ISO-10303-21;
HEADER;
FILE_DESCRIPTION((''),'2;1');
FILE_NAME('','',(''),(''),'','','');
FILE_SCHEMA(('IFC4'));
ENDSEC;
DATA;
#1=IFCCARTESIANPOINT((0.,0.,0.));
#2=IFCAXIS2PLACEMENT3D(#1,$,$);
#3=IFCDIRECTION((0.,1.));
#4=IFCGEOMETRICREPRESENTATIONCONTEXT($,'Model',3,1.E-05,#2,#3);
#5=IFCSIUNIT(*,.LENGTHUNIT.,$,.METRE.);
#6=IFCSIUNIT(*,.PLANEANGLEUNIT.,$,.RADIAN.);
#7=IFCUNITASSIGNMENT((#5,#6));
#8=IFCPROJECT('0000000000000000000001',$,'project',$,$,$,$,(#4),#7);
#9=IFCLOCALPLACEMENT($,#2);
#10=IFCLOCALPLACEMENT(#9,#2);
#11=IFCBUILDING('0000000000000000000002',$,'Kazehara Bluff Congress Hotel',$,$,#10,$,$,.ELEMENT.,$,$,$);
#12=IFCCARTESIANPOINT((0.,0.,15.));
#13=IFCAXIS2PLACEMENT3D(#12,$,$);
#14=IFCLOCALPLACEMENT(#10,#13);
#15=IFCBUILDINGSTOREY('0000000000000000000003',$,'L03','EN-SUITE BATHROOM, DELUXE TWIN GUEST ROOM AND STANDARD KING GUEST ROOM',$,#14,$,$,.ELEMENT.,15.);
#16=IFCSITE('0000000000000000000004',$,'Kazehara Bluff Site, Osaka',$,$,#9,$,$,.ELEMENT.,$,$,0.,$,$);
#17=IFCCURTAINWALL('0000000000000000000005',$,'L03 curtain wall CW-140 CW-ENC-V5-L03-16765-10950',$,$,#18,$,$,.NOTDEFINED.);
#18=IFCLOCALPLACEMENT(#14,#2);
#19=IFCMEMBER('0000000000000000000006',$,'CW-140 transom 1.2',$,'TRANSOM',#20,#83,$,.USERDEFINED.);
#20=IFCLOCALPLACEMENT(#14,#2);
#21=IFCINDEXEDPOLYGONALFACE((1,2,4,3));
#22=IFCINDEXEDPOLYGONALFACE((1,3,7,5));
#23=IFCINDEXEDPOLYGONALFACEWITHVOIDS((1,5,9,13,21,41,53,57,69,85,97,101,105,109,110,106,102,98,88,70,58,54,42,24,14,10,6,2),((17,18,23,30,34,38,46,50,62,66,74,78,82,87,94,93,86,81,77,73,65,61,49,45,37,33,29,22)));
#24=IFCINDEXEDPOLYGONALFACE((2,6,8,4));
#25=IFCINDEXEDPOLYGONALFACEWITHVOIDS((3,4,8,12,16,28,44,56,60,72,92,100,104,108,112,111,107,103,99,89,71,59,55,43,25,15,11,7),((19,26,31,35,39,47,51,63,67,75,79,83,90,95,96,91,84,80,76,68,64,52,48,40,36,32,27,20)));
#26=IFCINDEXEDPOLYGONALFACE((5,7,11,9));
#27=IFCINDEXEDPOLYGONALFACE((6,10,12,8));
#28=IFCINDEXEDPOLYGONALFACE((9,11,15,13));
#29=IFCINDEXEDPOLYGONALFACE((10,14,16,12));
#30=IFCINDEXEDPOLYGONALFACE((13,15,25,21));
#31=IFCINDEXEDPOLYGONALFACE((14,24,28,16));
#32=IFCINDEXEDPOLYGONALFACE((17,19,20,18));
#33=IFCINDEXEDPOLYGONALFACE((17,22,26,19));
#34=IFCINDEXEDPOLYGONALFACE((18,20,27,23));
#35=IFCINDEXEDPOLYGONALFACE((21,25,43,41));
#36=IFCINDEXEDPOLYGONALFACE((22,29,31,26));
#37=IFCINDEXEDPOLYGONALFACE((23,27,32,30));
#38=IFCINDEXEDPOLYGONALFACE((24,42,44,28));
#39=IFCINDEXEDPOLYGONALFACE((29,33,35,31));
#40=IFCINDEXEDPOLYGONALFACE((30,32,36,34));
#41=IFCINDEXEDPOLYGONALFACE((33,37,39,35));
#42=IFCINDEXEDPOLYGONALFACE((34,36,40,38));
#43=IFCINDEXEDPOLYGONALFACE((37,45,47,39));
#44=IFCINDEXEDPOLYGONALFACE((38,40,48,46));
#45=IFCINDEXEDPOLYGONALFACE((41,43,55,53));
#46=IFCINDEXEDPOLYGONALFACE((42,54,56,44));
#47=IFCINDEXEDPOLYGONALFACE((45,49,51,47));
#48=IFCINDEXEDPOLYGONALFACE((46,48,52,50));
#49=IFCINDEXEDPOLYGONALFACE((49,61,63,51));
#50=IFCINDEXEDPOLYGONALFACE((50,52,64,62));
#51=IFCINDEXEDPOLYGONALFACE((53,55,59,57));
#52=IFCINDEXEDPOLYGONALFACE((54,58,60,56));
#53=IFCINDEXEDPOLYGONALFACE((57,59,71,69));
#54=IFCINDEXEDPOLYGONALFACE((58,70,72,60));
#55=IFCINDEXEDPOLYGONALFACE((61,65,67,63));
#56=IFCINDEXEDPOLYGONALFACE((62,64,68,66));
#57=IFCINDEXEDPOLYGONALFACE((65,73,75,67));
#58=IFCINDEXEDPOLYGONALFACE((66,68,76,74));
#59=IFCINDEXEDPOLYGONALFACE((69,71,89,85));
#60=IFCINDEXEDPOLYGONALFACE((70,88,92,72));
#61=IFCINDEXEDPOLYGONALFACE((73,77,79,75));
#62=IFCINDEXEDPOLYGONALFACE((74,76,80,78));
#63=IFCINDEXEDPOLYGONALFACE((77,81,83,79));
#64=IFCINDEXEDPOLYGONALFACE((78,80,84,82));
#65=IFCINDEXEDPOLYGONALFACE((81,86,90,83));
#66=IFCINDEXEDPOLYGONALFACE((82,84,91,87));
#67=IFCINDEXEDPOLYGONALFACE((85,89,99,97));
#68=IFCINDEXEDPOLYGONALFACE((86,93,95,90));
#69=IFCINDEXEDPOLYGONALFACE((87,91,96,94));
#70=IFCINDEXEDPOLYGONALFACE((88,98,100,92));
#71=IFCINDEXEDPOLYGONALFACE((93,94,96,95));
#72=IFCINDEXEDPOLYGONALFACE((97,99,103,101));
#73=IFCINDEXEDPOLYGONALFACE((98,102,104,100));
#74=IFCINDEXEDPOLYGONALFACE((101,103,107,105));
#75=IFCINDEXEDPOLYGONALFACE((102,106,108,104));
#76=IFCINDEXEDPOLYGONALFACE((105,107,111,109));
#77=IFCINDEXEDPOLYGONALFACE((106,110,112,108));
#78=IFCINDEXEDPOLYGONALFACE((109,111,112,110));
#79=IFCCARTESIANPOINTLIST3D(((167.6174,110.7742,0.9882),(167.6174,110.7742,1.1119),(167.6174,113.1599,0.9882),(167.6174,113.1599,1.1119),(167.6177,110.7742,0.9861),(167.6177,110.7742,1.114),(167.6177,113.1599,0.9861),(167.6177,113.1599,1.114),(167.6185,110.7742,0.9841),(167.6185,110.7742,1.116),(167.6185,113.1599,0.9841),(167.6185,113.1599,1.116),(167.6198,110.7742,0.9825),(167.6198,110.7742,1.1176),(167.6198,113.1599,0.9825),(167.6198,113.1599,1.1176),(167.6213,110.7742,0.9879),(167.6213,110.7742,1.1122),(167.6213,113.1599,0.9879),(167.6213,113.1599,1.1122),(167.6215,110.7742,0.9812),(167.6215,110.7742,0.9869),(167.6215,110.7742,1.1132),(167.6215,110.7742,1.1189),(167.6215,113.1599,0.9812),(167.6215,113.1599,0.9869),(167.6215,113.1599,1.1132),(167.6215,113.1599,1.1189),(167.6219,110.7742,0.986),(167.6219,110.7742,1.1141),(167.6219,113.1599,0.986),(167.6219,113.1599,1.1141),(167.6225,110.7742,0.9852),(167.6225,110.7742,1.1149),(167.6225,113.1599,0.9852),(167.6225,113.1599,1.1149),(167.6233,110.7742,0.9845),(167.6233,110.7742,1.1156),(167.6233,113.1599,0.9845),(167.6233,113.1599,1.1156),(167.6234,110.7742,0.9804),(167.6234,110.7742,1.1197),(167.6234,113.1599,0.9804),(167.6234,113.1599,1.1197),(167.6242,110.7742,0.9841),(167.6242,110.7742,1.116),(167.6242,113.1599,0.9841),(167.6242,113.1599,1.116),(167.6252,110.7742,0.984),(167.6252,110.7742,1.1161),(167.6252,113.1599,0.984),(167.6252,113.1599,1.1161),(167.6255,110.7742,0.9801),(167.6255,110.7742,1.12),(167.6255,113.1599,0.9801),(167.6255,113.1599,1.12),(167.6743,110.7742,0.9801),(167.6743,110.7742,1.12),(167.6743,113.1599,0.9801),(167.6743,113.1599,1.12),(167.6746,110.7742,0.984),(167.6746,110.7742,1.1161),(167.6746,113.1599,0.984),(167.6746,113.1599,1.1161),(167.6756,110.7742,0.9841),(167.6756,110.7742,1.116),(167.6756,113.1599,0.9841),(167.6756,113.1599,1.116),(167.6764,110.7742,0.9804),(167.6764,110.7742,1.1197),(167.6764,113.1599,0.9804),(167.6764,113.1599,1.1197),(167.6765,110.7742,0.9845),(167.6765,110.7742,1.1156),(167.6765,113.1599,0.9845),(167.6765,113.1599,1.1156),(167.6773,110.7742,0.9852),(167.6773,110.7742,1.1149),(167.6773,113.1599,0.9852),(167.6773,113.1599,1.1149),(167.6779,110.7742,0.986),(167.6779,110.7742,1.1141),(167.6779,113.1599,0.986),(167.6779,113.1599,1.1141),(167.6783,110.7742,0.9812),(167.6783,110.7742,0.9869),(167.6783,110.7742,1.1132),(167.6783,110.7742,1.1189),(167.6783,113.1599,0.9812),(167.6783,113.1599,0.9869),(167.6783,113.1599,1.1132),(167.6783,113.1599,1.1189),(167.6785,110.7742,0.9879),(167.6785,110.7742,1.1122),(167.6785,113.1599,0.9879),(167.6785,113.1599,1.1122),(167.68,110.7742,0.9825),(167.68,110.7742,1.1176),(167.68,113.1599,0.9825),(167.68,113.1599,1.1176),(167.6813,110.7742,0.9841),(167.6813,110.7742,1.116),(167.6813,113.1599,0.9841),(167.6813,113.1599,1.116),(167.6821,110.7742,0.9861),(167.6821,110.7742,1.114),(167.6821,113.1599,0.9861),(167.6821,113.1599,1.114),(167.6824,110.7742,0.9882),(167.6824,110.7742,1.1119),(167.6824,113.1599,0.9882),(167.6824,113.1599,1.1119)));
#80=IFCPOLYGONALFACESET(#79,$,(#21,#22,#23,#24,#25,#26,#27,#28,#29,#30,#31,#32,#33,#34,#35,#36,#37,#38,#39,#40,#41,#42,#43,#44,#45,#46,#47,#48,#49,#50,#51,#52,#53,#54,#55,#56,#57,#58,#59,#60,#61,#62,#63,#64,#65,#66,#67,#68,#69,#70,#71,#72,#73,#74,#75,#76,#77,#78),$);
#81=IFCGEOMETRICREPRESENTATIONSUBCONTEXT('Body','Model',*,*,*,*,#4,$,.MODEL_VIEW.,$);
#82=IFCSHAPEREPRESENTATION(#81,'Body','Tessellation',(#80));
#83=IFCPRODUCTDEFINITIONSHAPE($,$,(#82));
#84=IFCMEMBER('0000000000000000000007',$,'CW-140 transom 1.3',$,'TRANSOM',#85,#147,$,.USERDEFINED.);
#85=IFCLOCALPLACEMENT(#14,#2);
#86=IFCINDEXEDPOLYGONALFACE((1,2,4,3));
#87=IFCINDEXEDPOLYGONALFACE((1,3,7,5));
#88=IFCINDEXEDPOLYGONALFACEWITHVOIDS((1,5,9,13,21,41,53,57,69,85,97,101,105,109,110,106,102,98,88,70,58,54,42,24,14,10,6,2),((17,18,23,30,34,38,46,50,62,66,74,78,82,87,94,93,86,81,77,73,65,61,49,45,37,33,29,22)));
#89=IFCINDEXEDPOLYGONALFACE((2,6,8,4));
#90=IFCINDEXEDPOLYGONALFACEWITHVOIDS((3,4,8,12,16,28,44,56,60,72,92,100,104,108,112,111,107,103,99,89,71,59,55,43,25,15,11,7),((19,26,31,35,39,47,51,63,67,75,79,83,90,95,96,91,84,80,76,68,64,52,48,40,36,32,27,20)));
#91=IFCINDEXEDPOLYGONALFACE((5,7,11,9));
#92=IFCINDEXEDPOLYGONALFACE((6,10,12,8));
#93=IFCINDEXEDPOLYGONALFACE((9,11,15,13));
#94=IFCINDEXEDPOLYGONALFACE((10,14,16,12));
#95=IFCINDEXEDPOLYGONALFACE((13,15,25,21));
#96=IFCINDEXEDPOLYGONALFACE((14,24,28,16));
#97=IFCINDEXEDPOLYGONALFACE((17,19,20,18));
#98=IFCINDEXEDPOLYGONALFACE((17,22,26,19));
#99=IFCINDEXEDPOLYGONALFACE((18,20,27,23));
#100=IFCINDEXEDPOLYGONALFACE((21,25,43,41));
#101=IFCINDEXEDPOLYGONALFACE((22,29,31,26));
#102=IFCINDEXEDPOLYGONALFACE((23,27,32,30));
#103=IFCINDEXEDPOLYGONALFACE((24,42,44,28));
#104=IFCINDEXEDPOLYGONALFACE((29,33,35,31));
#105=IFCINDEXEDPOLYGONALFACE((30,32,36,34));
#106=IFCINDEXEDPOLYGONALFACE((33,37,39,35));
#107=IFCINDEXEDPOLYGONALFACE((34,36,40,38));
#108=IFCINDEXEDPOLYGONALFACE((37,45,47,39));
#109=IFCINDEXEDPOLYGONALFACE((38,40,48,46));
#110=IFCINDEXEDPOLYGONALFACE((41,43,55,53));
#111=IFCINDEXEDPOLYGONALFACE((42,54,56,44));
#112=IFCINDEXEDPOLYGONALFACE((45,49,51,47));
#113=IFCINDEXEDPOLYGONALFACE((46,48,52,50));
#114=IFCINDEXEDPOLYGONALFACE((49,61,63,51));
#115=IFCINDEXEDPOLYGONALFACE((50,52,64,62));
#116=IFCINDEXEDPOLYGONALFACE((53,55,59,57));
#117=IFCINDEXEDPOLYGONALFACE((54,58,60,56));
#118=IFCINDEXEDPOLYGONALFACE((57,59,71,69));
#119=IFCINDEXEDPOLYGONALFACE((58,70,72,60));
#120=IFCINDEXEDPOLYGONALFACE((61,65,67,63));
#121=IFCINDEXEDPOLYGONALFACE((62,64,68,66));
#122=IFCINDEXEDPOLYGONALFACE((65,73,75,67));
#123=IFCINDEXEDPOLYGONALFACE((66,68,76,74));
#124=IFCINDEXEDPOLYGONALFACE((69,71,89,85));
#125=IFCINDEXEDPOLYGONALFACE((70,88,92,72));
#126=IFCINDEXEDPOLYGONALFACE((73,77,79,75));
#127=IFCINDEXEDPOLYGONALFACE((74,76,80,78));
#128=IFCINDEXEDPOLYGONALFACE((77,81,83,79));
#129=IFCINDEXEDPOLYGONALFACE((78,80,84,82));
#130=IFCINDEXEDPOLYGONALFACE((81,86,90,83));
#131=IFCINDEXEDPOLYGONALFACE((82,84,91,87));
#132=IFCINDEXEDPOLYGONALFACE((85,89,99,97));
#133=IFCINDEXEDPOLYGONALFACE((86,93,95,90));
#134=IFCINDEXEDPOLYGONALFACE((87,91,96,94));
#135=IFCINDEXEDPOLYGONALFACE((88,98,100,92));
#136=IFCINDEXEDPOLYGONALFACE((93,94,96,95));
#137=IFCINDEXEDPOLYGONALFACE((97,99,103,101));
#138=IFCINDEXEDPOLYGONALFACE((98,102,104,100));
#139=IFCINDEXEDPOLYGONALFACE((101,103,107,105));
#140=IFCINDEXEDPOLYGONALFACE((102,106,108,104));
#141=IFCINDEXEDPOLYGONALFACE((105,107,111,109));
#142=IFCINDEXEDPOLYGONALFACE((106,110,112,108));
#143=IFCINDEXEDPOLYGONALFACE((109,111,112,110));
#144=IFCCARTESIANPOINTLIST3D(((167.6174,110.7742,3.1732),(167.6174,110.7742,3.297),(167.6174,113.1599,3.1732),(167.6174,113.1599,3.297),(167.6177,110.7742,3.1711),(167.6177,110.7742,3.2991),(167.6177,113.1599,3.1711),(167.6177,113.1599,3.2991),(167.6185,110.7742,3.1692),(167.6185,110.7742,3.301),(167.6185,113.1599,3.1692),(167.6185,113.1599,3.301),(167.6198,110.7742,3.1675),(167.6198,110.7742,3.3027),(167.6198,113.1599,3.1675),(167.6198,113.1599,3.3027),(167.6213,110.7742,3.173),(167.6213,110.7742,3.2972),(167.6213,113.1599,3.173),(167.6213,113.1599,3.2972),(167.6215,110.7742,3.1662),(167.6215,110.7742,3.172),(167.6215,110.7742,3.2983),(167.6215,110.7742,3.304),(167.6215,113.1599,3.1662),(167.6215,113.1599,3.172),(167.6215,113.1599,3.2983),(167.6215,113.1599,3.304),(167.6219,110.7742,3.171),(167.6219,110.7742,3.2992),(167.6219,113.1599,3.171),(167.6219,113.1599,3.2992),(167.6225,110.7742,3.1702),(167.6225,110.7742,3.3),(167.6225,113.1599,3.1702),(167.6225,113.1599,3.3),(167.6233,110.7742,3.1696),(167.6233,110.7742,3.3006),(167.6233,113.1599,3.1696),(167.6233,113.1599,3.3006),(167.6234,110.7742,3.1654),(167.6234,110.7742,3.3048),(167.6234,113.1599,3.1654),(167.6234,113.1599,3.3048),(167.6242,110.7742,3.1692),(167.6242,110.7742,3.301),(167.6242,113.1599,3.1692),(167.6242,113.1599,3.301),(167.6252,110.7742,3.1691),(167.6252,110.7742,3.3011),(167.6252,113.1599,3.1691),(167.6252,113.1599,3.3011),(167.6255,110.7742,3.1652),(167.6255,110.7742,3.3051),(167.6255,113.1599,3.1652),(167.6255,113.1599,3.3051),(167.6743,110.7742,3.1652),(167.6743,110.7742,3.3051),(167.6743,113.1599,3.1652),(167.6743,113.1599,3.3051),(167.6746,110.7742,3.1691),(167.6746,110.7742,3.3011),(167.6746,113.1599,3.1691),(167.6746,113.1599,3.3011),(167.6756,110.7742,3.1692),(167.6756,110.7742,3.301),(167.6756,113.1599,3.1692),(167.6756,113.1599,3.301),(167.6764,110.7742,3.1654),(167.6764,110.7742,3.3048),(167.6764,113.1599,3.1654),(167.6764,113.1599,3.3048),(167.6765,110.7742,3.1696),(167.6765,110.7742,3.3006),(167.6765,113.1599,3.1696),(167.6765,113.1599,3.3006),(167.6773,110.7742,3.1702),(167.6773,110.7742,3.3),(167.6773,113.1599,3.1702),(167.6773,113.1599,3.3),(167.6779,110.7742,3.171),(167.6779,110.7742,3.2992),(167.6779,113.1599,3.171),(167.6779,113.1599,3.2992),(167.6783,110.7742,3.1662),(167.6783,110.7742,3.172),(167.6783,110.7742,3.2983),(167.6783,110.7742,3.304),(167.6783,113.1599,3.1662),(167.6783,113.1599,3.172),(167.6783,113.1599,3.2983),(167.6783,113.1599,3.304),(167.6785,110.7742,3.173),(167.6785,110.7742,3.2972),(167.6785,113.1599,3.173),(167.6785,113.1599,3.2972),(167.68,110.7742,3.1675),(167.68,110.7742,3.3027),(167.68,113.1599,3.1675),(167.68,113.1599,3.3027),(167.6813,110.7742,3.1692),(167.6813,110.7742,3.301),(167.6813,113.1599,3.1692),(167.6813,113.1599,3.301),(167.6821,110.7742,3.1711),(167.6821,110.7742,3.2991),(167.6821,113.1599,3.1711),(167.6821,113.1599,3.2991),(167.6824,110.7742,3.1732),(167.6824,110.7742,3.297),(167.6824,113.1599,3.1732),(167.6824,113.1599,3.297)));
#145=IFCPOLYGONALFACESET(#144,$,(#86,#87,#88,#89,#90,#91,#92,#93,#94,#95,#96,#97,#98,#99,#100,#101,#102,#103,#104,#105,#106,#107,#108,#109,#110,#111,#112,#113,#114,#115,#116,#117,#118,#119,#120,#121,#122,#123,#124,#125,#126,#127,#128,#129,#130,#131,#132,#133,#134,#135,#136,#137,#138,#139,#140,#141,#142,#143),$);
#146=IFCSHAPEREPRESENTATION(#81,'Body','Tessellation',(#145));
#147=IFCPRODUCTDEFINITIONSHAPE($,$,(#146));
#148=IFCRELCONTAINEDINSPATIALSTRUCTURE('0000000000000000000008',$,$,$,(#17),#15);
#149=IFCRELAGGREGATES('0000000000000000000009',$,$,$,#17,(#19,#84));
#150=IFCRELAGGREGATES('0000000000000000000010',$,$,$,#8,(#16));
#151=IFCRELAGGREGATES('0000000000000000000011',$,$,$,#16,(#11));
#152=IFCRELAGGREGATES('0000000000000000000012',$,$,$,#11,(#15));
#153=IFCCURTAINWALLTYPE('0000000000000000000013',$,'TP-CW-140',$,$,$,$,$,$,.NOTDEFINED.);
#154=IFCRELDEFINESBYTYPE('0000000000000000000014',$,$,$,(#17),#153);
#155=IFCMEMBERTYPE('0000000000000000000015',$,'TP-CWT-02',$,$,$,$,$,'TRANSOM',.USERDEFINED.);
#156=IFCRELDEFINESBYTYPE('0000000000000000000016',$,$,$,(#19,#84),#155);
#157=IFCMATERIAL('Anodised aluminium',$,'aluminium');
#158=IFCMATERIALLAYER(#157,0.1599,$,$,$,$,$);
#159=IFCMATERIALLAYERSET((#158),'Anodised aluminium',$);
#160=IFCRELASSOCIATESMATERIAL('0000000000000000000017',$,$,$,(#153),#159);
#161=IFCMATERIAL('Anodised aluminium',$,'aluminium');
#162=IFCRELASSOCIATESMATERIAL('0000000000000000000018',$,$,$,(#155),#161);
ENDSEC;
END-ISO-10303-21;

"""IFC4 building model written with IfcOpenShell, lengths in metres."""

from ifc_helpers import new_model, si_unit, direction, frame, origin, origin_2d, place, context, subcontext, project, spatial, hollow_rectangle, extrude, material, layer, layer_set, material_profile, profile_set, type_object, element, aggregate, save


model = new_model("IFC4")

# Units and contexts
model_context = context("Model", 3, precision=1e-05, world=origin(), true_north=direction((0.0, 1.0)))
body_context = subcontext(model_context, "Body", "Model", "MODEL_VIEW")
ifc_project = project(units=[si_unit("LENGTHUNIT", "METRE"), si_unit("PLANEANGLEUNIT", "RADIAN")], contexts=[model_context])

# Site, building, storey
site_placement = place(None, origin())
site = spatial("IfcSite", under=ifc_project, at=site_placement, Name="Kazehara Bluff Site, Osaka", CompositionType="ELEMENT", RefElevation=0.0)
building_placement = place(site_placement, origin())
building = spatial("IfcBuilding", under=site, at=building_placement, Name="Kazehara Bluff Congress Hotel", CompositionType="ELEMENT")
storey_placement = place(building_placement, frame((0.0, 0.0, 15.0)))
storey = spatial("IfcBuildingStorey", under=building, at=storey_placement, Name="L03", Description="EN-SUITE BATHROOM, DELUXE TWIN GUEST ROOM AND STANDARD KING GUEST ROOM", CompositionType="ELEMENT", Elevation=15.0)

# Curtain wall, members
ifc_material_1 = material(Name="Anodised aluminium", Category="aluminium")
ifc_layer_1 = layer(ifc_material_1, 0.1599)
ifc_layer_set_1 = layer_set([ifc_layer_1], Name="Anodised aluminium")
curtain_wall_type_1 = type_object("IfcCurtainWallType", Name="TP-CW-140", PredefinedType="NOTDEFINED", material=ifc_layer_set_1)
curtain_wall_1_placement = place(storey_placement, origin())
curtain_wall_1 = element("IfcCurtainWall", 1, at=curtain_wall_1_placement, inside=storey, type_object=curtain_wall_type_1, Name="L03 curtain wall CW-140 CW-ENC-V5-L03-16765-10950", PredefinedType="NOTDEFINED")
ifc_material_2 = material(Name="Anodised aluminium", Category="aluminium")
ifc_material_profile_1 = material_profile(ifc_material_2, hollow_rectangle(XDim=0.0649, YDim=0.1399, WallThickness=0.0039, InnerFilletRadius=0.0039, OuterFilletRadius=0.0081, at=origin_2d()))
ifc_profile_set_1 = profile_set([ifc_material_profile_1], Name="Anodised aluminium")
member_type_1 = type_object("IfcMemberType", Name="TP-CWT-02", ElementType="TRANSOM", PredefinedType="USERDEFINED", material=ifc_profile_set_1)
member_1_placement = place(storey_placement, frame((167.6499, 113.1599, 1.05), z_axis=(0.0, -1.0, 0.0), x_axis=(1.0, 0.0, 0.0)))
member_1 = element("IfcMember", 2, at=member_1_placement, type_object=member_type_1, Name="CW-140 transom 1.2", ObjectType="TRANSOM", PredefinedType="USERDEFINED", context=body_context, shape_type="SweptSolid", body=[
    extrude(hollow_rectangle(XDim=0.0649, YDim=0.1399, WallThickness=0.0039, InnerFilletRadius=0.0039, OuterFilletRadius=0.0081, at=origin_2d()), origin(), (0.0, 0.0, 1.0), 2.3857),
])
member_2_placement = place(storey_placement, frame((167.6499, 113.1599, 3.2351), z_axis=(0.0, -1.0, 0.0), x_axis=(1.0, 0.0, 0.0)))
member_2 = element("IfcMember", 3, at=member_2_placement, type_object=member_type_1, Name="CW-140 transom 1.3", ObjectType="TRANSOM", PredefinedType="USERDEFINED", context=body_context, shape_type="SweptSolid", body=[
    extrude(hollow_rectangle(XDim=0.0649, YDim=0.1399, WallThickness=0.0039, InnerFilletRadius=0.0039, OuterFilletRadius=0.0081, at=origin_2d()), origin(), (0.0, 0.0, 1.0), 2.3857),
])

aggregate(curtain_wall_1, [member_1, member_2])

save(model, "model.ifc")
